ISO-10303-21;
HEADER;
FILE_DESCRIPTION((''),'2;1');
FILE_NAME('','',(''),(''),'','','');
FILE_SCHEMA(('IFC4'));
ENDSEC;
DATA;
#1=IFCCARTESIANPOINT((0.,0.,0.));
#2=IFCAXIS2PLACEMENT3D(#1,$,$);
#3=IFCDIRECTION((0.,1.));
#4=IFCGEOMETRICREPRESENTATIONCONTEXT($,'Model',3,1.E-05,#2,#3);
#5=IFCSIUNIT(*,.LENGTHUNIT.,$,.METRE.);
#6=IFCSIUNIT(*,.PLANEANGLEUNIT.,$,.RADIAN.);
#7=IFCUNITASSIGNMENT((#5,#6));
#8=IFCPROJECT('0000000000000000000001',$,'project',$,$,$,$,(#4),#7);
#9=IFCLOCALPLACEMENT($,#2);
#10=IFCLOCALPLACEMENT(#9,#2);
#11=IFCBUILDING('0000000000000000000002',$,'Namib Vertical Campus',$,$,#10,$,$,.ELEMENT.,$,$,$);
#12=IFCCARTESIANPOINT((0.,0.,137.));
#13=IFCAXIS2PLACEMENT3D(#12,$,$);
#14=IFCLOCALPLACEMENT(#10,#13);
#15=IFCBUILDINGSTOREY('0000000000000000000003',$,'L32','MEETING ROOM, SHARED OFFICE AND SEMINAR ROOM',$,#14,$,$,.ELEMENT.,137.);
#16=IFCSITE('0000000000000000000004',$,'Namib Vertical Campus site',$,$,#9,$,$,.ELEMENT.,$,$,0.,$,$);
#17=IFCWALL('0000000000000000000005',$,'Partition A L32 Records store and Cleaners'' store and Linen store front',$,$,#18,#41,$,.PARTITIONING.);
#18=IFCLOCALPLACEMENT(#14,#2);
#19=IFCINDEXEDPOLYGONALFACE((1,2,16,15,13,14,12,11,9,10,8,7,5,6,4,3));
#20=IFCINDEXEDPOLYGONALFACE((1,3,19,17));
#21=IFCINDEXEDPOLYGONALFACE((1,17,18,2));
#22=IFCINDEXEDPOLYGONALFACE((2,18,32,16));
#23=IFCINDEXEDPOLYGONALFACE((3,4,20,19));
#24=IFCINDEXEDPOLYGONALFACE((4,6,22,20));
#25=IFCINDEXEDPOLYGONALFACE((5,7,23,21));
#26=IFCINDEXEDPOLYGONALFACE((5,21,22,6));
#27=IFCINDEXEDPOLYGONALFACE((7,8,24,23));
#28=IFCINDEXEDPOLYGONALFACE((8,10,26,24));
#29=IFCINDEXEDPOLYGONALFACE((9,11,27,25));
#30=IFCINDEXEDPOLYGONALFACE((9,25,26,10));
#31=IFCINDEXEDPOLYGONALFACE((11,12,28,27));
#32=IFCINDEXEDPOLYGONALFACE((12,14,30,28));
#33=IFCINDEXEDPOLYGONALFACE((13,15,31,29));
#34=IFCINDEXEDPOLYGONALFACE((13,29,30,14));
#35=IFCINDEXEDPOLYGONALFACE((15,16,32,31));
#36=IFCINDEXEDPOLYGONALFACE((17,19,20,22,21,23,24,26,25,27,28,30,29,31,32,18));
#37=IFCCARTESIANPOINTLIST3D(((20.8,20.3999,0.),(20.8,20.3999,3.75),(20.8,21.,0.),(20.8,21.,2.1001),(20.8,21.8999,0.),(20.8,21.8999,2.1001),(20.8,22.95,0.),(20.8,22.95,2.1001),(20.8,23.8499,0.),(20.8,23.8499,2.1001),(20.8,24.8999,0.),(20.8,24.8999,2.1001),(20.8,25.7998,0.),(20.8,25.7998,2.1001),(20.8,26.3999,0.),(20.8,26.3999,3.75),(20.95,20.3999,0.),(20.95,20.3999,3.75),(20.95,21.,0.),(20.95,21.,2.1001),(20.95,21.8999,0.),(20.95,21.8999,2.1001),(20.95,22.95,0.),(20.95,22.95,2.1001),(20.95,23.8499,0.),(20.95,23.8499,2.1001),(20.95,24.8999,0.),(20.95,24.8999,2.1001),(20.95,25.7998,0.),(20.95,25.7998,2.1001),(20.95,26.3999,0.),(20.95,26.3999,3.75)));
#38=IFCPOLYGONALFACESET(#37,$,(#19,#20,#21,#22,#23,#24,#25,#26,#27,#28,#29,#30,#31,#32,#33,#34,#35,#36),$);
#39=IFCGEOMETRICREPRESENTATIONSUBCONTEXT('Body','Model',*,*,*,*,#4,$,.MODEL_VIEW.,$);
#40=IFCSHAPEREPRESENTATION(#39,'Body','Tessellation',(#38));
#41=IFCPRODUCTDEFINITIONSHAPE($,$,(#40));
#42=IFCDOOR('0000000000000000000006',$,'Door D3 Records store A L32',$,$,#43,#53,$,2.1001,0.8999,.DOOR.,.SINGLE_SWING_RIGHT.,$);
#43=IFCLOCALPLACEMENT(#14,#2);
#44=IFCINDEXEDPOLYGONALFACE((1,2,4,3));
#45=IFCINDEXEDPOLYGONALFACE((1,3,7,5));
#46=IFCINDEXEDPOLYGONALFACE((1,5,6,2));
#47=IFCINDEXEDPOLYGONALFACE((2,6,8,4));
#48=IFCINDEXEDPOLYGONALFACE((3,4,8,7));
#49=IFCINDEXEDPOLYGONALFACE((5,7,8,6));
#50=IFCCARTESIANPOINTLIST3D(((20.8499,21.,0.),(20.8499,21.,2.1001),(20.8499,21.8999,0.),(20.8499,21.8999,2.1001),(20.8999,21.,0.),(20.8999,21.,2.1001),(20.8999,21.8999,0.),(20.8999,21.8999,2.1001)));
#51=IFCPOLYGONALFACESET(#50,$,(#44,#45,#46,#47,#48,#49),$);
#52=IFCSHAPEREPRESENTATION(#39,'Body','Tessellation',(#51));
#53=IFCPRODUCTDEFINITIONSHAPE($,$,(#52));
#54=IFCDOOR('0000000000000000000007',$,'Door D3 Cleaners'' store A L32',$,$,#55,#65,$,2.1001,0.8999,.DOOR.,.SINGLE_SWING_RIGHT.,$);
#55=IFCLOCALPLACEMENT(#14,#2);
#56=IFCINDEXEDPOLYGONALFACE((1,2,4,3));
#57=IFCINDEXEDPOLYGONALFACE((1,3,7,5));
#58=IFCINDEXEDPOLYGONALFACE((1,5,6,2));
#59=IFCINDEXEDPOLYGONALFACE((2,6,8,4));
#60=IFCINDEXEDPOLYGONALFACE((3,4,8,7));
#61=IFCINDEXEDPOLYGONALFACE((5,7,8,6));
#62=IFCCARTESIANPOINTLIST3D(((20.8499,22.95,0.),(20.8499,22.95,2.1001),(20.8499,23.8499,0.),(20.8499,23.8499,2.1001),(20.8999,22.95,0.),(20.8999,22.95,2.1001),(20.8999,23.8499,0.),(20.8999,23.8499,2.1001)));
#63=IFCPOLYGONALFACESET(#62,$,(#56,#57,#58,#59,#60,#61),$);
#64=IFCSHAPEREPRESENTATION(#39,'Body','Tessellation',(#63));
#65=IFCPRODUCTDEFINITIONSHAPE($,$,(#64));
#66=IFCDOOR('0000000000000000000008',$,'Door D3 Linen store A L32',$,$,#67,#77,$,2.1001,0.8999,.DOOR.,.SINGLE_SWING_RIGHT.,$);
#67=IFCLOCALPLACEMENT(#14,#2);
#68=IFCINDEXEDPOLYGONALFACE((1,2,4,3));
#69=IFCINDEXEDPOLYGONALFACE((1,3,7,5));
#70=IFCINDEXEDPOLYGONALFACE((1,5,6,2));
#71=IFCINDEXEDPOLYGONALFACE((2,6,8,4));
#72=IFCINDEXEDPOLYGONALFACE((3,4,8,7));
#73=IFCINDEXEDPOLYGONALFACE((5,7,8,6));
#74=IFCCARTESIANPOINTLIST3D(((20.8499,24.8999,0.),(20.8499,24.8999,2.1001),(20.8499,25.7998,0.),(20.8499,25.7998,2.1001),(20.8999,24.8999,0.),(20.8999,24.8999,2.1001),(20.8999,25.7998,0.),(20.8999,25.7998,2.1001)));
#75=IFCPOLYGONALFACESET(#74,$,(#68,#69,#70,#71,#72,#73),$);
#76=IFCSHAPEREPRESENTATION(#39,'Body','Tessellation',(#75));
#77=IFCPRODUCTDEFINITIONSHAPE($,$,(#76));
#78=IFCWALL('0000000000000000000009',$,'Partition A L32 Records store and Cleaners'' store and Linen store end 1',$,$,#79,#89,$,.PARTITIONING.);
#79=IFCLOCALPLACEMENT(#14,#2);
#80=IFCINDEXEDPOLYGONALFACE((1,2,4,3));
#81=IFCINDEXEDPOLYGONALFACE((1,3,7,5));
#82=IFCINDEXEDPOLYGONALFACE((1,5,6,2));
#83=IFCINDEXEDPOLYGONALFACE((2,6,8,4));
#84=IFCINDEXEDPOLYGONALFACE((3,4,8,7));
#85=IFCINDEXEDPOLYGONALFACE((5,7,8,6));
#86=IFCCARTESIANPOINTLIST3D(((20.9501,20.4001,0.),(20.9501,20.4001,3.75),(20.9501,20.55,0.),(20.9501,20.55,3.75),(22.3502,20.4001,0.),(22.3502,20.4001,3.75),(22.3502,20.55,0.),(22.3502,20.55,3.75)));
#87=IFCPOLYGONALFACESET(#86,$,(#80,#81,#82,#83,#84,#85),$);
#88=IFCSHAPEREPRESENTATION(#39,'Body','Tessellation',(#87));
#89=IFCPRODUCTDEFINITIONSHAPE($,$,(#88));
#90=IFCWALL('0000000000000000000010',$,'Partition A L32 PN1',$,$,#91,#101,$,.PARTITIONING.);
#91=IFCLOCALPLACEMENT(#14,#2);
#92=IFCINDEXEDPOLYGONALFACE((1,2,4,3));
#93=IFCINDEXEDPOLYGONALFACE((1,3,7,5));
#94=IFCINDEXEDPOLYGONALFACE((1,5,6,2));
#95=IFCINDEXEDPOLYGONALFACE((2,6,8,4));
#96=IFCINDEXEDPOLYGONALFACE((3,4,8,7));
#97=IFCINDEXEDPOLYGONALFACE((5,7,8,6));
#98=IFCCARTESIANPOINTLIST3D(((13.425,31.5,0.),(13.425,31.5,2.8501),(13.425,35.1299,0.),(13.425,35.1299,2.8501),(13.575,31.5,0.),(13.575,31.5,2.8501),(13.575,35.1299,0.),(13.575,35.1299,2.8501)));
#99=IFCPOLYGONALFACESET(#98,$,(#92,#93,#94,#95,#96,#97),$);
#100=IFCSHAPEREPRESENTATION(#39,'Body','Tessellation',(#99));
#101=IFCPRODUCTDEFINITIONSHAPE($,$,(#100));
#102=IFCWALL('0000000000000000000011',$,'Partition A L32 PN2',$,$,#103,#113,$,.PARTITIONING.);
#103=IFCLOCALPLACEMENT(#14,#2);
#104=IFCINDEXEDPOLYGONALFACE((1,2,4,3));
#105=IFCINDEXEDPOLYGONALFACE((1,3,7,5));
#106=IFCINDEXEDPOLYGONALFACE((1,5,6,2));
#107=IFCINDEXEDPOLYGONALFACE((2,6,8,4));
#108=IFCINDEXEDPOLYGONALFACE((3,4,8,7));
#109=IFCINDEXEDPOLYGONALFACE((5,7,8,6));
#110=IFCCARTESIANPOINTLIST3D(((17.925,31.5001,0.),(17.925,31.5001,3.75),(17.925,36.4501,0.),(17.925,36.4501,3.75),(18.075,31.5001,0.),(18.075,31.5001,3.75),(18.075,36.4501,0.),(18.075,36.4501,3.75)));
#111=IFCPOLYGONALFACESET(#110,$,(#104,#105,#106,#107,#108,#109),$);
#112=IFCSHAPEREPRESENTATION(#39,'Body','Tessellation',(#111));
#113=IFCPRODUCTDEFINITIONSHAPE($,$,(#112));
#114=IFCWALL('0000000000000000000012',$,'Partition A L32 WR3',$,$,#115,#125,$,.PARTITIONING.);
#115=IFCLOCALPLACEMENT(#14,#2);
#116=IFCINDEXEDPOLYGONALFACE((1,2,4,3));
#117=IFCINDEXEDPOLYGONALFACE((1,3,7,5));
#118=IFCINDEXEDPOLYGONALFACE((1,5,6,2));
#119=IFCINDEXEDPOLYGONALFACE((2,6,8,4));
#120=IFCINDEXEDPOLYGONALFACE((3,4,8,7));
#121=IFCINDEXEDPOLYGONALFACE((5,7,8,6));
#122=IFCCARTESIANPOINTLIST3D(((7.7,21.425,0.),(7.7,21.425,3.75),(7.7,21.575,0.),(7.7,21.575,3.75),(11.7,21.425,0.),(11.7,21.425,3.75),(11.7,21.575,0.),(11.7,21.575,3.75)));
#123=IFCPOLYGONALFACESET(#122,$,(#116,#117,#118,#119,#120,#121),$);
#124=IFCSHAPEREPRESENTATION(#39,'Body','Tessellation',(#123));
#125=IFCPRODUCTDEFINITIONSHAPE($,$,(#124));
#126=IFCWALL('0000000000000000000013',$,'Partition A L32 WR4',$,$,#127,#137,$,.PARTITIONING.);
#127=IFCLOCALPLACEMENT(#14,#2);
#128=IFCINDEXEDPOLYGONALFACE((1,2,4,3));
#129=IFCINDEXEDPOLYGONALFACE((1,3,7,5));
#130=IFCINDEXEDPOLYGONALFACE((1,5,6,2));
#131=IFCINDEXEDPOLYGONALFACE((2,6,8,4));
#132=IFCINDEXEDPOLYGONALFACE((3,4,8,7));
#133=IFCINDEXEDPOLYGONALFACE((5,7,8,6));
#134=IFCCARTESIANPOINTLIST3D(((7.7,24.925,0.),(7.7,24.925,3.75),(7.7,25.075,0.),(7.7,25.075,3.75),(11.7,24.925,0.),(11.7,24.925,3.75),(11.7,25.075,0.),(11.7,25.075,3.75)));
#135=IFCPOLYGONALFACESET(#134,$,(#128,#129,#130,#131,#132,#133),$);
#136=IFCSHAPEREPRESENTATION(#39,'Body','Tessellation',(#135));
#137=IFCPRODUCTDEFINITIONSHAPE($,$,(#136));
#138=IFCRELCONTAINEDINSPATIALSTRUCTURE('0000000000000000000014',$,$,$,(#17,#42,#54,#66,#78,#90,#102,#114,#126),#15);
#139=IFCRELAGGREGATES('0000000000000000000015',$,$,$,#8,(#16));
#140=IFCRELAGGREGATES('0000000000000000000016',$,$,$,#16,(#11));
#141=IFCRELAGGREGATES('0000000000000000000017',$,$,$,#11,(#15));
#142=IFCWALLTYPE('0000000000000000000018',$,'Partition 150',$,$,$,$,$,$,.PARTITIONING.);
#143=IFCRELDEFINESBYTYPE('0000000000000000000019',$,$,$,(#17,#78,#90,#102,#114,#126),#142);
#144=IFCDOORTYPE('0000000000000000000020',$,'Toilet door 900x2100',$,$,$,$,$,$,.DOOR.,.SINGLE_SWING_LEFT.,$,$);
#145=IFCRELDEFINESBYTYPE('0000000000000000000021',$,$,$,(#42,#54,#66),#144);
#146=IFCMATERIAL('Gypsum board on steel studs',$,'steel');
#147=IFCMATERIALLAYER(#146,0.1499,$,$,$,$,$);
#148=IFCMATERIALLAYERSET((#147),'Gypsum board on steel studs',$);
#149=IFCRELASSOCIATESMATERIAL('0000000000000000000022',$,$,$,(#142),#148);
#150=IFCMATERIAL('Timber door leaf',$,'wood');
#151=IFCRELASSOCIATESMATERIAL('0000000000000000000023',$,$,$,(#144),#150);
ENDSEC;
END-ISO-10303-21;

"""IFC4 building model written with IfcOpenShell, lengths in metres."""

from ifc_helpers import new_model, si_unit, direction, frame, frame_2d, origin, place, context, subcontext, project, spatial, rectangle, extrude, material, layer, layer_set, type_object, element, fill, save


model = new_model("IFC4")

# Units and contexts
model_context = context("Model", 3, precision=1e-05, world=origin(), true_north=direction((0.0, 1.0)))
body_context = subcontext(model_context, "Body", "Model", "MODEL_VIEW")
ifc_project = project(units=[si_unit("LENGTHUNIT", "METRE"), si_unit("PLANEANGLEUNIT", "RADIAN")], contexts=[model_context])

# Site, building, storey
site_placement = place(None, origin())
site = spatial("IfcSite", under=ifc_project, at=site_placement, Name="Namib Vertical Campus site", CompositionType="ELEMENT", RefElevation=0.0)
building_placement = place(site_placement, origin())
building = spatial("IfcBuilding", under=site, at=building_placement, Name="Namib Vertical Campus", CompositionType="ELEMENT")
storey_placement = place(building_placement, frame((0.0, 0.0, 137.0)))
storey = spatial("IfcBuildingStorey", under=building, at=storey_placement, Name="L32", Description="MEETING ROOM, SHARED OFFICE AND SEMINAR ROOM", CompositionType="ELEMENT", Elevation=137.0)

# Wall, openings, doors
ifc_material_1 = material(Name="Gypsum board on steel studs", Category="steel")
ifc_layer_1 = layer(ifc_material_1, 0.1499)
ifc_layer_set_1 = layer_set([ifc_layer_1], Name="Gypsum board on steel studs")
wall_type_1 = type_object("IfcWallType", Name="Partition 150", PredefinedType="PARTITIONING", material=ifc_layer_set_1)
wall_1_placement = place(storey_placement, frame((20.875, 20.3999, 0.0), z_axis=(0.0, 0.0, 1.0), x_axis=(0.0, 1.0, 0.0)))
wall_1 = element("IfcWall", 1, at=wall_1_placement, inside=storey, type_object=wall_type_1, Name="Partition A L32 Records store and Cleaners' store and Linen store front", PredefinedType="PARTITIONING", context=body_context, shape_type="SweptSolid", body=[
    extrude(rectangle(XDim=6.0, YDim=0.1499, at=frame_2d((3.0, 0.0))), origin(), (0.0, 0.0, 1.0), 3.75),
])
opening_1_placement = place(wall_1_placement, frame((0.6001, 0.0, 0.0)))
opening_1 = element("IfcOpeningElement", 2, at=opening_1_placement, cuts=wall_1, PredefinedType="OPENING", context=body_context, shape_type="SweptSolid", body=[
    extrude(rectangle(XDim=0.8999, YDim=2.1001, at=frame_2d((0.45, 1.05))), frame((0.0, 0.085, 0.0), z_axis=(0.0, -1.0, 0.0), x_axis=(1.0, 0.0, 0.0)), (0.0, 0.0, 1.0), 0.1699),
])
opening_2_placement = place(wall_1_placement, frame((2.55, 0.0, 0.0)))
opening_2 = element("IfcOpeningElement", 3, at=opening_2_placement, cuts=wall_1, PredefinedType="OPENING", context=body_context, shape_type="SweptSolid", body=[
    extrude(rectangle(XDim=0.8999, YDim=2.1001, at=frame_2d((0.45, 1.05))), frame((0.0, 0.085, 0.0), z_axis=(0.0, -1.0, 0.0), x_axis=(1.0, 0.0, 0.0)), (0.0, 0.0, 1.0), 0.1699),
])
opening_3_placement = place(wall_1_placement, frame((4.5, 0.0, 0.0)))
opening_3 = element("IfcOpeningElement", 4, at=opening_3_placement, cuts=wall_1, PredefinedType="OPENING", context=body_context, shape_type="SweptSolid", body=[
    extrude(rectangle(XDim=0.8999, YDim=2.1001, at=frame_2d((0.45, 1.05))), frame((0.0, 0.085, 0.0), z_axis=(0.0, -1.0, 0.0), x_axis=(1.0, 0.0, 0.0)), (0.0, 0.0, 1.0), 0.1699),
])
ifc_material_2 = material(Name="Timber door leaf", Category="wood")
door_type_1 = type_object("IfcDoorType", Name="Toilet door 900x2100", OperationType="SINGLE_SWING_LEFT", PredefinedType="DOOR", material=ifc_material_2)
door_1_placement = place(opening_1_placement, frame((0.8999, 0.0, 0.0), z_axis=(0.0, 0.0, 1.0), x_axis=(-1.0, 0.0, 0.0)))
door_1 = element("IfcDoor", 5, at=door_1_placement, inside=storey, type_object=door_type_1, Name="Door D3 Records store A L32", OperationType="SINGLE_SWING_RIGHT", OverallHeight=2.1001, OverallWidth=0.8999, PredefinedType="DOOR", context=body_context, shape_type="SweptSolid", body=[
    extrude(rectangle(XDim=0.8999, YDim=2.1001, at=frame_2d((0.45, 1.05))), frame((0.0, 0.0249, 0.0), z_axis=(0.0, -1.0, 0.0), x_axis=(1.0, 0.0, 0.0)), (0.0, 0.0, 1.0), 0.05),
])
fill(opening_1, door_1)
door_2_placement = place(opening_2_placement, frame((0.8999, 0.0, 0.0), z_axis=(0.0, 0.0, 1.0), x_axis=(-1.0, 0.0, 0.0)))
door_2 = element("IfcDoor", 6, at=door_2_placement, inside=storey, type_object=door_type_1, Name="Door D3 Cleaners' store A L32", OperationType="SINGLE_SWING_RIGHT", OverallHeight=2.1001, OverallWidth=0.8999, PredefinedType="DOOR", context=body_context, shape_type="SweptSolid", body=[
    extrude(rectangle(XDim=0.8999, YDim=2.1001, at=frame_2d((0.45, 1.05))), frame((0.0, 0.0249, 0.0), z_axis=(0.0, -1.0, 0.0), x_axis=(1.0, 0.0, 0.0)), (0.0, 0.0, 1.0), 0.05),
])
fill(opening_2, door_2)
door_3_placement = place(opening_3_placement, frame((0.8999, 0.0, 0.0), z_axis=(0.0, 0.0, 1.0), x_axis=(-1.0, 0.0, 0.0)))
door_3 = element("IfcDoor", 7, at=door_3_placement, inside=storey, type_object=door_type_1, Name="Door D3 Linen store A L32", OperationType="SINGLE_SWING_RIGHT", OverallHeight=2.1001, OverallWidth=0.8999, PredefinedType="DOOR", context=body_context, shape_type="SweptSolid", body=[
    extrude(rectangle(XDim=0.8999, YDim=2.1001, at=frame_2d((0.45, 1.05))), frame((0.0, 0.0249, 0.0), z_axis=(0.0, -1.0, 0.0), x_axis=(1.0, 0.0, 0.0)), (0.0, 0.0, 1.0), 0.05),
])
fill(opening_3, door_3)

# Walls
wall_2_placement = place(storey_placement, frame((20.95, 20.4751, 0.0), z_axis=(0.0, 0.0, 1.0), x_axis=(1.0, 0.0, 0.0)))
element("IfcWall", 8, at=wall_2_placement, inside=storey, type_object=wall_type_1, Name="Partition A L32 Records store and Cleaners' store and Linen store end 1", PredefinedType="PARTITIONING", context=body_context, shape_type="SweptSolid", body=[
    extrude(rectangle(XDim=1.4001, YDim=0.1499, at=frame_2d((0.7002, 0.0))), origin(), (0.0, 0.0, 1.0), 3.75),
])
wall_3_placement = place(storey_placement, frame((13.5, 31.5, 0.0), z_axis=(0.0, 0.0, 1.0), x_axis=(0.0, 1.0, 0.0)))
element("IfcWall", 9, at=wall_3_placement, inside=storey, type_object=wall_type_1, Name="Partition A L32 PN1", PredefinedType="PARTITIONING", context=body_context, shape_type="SweptSolid", body=[
    extrude(rectangle(XDim=3.6299, YDim=0.1499, at=frame_2d((1.8149, 0.0))), origin(), (0.0, 0.0, 1.0), 2.8501),
])
wall_4_placement = place(storey_placement, frame((18.0, 31.5, 0.0), z_axis=(0.0, 0.0, 1.0), x_axis=(0.0, 1.0, 0.0)))
element("IfcWall", 10, at=wall_4_placement, inside=storey, type_object=wall_type_1, Name="Partition A L32 PN2", PredefinedType="PARTITIONING", context=body_context, shape_type="SweptSolid", body=[
    extrude(rectangle(XDim=4.95, YDim=0.1499, at=frame_2d((2.4751, 0.0))), origin(), (0.0, 0.0, 1.0), 3.75),
])
for number, where, z_axis, x_axis, name in (
    (11, (11.7, 21.5, 0.0), (0.0, 0.0, 1.0), (-1.0, 0.0, 0.0), "Partition A L32 WR3"),
    (12, (11.7, 25.0, 0.0), (0.0, 0.0, 1.0), (-1.0, 0.0, 0.0), "Partition A L32 WR4"),
):
    element("IfcWall", number, at=place(storey_placement, frame(where, z_axis=z_axis, x_axis=x_axis)), inside=storey, type_object=wall_type_1, Name=name, PredefinedType="PARTITIONING", context=body_context, shape_type="SweptSolid", body=[
        extrude(rectangle(XDim=4.0, YDim=0.1499, at=frame_2d((2.0, 0.0))), origin(), (0.0, 0.0, 1.0), 3.75),
    ])

save(model, "model.ifc")
